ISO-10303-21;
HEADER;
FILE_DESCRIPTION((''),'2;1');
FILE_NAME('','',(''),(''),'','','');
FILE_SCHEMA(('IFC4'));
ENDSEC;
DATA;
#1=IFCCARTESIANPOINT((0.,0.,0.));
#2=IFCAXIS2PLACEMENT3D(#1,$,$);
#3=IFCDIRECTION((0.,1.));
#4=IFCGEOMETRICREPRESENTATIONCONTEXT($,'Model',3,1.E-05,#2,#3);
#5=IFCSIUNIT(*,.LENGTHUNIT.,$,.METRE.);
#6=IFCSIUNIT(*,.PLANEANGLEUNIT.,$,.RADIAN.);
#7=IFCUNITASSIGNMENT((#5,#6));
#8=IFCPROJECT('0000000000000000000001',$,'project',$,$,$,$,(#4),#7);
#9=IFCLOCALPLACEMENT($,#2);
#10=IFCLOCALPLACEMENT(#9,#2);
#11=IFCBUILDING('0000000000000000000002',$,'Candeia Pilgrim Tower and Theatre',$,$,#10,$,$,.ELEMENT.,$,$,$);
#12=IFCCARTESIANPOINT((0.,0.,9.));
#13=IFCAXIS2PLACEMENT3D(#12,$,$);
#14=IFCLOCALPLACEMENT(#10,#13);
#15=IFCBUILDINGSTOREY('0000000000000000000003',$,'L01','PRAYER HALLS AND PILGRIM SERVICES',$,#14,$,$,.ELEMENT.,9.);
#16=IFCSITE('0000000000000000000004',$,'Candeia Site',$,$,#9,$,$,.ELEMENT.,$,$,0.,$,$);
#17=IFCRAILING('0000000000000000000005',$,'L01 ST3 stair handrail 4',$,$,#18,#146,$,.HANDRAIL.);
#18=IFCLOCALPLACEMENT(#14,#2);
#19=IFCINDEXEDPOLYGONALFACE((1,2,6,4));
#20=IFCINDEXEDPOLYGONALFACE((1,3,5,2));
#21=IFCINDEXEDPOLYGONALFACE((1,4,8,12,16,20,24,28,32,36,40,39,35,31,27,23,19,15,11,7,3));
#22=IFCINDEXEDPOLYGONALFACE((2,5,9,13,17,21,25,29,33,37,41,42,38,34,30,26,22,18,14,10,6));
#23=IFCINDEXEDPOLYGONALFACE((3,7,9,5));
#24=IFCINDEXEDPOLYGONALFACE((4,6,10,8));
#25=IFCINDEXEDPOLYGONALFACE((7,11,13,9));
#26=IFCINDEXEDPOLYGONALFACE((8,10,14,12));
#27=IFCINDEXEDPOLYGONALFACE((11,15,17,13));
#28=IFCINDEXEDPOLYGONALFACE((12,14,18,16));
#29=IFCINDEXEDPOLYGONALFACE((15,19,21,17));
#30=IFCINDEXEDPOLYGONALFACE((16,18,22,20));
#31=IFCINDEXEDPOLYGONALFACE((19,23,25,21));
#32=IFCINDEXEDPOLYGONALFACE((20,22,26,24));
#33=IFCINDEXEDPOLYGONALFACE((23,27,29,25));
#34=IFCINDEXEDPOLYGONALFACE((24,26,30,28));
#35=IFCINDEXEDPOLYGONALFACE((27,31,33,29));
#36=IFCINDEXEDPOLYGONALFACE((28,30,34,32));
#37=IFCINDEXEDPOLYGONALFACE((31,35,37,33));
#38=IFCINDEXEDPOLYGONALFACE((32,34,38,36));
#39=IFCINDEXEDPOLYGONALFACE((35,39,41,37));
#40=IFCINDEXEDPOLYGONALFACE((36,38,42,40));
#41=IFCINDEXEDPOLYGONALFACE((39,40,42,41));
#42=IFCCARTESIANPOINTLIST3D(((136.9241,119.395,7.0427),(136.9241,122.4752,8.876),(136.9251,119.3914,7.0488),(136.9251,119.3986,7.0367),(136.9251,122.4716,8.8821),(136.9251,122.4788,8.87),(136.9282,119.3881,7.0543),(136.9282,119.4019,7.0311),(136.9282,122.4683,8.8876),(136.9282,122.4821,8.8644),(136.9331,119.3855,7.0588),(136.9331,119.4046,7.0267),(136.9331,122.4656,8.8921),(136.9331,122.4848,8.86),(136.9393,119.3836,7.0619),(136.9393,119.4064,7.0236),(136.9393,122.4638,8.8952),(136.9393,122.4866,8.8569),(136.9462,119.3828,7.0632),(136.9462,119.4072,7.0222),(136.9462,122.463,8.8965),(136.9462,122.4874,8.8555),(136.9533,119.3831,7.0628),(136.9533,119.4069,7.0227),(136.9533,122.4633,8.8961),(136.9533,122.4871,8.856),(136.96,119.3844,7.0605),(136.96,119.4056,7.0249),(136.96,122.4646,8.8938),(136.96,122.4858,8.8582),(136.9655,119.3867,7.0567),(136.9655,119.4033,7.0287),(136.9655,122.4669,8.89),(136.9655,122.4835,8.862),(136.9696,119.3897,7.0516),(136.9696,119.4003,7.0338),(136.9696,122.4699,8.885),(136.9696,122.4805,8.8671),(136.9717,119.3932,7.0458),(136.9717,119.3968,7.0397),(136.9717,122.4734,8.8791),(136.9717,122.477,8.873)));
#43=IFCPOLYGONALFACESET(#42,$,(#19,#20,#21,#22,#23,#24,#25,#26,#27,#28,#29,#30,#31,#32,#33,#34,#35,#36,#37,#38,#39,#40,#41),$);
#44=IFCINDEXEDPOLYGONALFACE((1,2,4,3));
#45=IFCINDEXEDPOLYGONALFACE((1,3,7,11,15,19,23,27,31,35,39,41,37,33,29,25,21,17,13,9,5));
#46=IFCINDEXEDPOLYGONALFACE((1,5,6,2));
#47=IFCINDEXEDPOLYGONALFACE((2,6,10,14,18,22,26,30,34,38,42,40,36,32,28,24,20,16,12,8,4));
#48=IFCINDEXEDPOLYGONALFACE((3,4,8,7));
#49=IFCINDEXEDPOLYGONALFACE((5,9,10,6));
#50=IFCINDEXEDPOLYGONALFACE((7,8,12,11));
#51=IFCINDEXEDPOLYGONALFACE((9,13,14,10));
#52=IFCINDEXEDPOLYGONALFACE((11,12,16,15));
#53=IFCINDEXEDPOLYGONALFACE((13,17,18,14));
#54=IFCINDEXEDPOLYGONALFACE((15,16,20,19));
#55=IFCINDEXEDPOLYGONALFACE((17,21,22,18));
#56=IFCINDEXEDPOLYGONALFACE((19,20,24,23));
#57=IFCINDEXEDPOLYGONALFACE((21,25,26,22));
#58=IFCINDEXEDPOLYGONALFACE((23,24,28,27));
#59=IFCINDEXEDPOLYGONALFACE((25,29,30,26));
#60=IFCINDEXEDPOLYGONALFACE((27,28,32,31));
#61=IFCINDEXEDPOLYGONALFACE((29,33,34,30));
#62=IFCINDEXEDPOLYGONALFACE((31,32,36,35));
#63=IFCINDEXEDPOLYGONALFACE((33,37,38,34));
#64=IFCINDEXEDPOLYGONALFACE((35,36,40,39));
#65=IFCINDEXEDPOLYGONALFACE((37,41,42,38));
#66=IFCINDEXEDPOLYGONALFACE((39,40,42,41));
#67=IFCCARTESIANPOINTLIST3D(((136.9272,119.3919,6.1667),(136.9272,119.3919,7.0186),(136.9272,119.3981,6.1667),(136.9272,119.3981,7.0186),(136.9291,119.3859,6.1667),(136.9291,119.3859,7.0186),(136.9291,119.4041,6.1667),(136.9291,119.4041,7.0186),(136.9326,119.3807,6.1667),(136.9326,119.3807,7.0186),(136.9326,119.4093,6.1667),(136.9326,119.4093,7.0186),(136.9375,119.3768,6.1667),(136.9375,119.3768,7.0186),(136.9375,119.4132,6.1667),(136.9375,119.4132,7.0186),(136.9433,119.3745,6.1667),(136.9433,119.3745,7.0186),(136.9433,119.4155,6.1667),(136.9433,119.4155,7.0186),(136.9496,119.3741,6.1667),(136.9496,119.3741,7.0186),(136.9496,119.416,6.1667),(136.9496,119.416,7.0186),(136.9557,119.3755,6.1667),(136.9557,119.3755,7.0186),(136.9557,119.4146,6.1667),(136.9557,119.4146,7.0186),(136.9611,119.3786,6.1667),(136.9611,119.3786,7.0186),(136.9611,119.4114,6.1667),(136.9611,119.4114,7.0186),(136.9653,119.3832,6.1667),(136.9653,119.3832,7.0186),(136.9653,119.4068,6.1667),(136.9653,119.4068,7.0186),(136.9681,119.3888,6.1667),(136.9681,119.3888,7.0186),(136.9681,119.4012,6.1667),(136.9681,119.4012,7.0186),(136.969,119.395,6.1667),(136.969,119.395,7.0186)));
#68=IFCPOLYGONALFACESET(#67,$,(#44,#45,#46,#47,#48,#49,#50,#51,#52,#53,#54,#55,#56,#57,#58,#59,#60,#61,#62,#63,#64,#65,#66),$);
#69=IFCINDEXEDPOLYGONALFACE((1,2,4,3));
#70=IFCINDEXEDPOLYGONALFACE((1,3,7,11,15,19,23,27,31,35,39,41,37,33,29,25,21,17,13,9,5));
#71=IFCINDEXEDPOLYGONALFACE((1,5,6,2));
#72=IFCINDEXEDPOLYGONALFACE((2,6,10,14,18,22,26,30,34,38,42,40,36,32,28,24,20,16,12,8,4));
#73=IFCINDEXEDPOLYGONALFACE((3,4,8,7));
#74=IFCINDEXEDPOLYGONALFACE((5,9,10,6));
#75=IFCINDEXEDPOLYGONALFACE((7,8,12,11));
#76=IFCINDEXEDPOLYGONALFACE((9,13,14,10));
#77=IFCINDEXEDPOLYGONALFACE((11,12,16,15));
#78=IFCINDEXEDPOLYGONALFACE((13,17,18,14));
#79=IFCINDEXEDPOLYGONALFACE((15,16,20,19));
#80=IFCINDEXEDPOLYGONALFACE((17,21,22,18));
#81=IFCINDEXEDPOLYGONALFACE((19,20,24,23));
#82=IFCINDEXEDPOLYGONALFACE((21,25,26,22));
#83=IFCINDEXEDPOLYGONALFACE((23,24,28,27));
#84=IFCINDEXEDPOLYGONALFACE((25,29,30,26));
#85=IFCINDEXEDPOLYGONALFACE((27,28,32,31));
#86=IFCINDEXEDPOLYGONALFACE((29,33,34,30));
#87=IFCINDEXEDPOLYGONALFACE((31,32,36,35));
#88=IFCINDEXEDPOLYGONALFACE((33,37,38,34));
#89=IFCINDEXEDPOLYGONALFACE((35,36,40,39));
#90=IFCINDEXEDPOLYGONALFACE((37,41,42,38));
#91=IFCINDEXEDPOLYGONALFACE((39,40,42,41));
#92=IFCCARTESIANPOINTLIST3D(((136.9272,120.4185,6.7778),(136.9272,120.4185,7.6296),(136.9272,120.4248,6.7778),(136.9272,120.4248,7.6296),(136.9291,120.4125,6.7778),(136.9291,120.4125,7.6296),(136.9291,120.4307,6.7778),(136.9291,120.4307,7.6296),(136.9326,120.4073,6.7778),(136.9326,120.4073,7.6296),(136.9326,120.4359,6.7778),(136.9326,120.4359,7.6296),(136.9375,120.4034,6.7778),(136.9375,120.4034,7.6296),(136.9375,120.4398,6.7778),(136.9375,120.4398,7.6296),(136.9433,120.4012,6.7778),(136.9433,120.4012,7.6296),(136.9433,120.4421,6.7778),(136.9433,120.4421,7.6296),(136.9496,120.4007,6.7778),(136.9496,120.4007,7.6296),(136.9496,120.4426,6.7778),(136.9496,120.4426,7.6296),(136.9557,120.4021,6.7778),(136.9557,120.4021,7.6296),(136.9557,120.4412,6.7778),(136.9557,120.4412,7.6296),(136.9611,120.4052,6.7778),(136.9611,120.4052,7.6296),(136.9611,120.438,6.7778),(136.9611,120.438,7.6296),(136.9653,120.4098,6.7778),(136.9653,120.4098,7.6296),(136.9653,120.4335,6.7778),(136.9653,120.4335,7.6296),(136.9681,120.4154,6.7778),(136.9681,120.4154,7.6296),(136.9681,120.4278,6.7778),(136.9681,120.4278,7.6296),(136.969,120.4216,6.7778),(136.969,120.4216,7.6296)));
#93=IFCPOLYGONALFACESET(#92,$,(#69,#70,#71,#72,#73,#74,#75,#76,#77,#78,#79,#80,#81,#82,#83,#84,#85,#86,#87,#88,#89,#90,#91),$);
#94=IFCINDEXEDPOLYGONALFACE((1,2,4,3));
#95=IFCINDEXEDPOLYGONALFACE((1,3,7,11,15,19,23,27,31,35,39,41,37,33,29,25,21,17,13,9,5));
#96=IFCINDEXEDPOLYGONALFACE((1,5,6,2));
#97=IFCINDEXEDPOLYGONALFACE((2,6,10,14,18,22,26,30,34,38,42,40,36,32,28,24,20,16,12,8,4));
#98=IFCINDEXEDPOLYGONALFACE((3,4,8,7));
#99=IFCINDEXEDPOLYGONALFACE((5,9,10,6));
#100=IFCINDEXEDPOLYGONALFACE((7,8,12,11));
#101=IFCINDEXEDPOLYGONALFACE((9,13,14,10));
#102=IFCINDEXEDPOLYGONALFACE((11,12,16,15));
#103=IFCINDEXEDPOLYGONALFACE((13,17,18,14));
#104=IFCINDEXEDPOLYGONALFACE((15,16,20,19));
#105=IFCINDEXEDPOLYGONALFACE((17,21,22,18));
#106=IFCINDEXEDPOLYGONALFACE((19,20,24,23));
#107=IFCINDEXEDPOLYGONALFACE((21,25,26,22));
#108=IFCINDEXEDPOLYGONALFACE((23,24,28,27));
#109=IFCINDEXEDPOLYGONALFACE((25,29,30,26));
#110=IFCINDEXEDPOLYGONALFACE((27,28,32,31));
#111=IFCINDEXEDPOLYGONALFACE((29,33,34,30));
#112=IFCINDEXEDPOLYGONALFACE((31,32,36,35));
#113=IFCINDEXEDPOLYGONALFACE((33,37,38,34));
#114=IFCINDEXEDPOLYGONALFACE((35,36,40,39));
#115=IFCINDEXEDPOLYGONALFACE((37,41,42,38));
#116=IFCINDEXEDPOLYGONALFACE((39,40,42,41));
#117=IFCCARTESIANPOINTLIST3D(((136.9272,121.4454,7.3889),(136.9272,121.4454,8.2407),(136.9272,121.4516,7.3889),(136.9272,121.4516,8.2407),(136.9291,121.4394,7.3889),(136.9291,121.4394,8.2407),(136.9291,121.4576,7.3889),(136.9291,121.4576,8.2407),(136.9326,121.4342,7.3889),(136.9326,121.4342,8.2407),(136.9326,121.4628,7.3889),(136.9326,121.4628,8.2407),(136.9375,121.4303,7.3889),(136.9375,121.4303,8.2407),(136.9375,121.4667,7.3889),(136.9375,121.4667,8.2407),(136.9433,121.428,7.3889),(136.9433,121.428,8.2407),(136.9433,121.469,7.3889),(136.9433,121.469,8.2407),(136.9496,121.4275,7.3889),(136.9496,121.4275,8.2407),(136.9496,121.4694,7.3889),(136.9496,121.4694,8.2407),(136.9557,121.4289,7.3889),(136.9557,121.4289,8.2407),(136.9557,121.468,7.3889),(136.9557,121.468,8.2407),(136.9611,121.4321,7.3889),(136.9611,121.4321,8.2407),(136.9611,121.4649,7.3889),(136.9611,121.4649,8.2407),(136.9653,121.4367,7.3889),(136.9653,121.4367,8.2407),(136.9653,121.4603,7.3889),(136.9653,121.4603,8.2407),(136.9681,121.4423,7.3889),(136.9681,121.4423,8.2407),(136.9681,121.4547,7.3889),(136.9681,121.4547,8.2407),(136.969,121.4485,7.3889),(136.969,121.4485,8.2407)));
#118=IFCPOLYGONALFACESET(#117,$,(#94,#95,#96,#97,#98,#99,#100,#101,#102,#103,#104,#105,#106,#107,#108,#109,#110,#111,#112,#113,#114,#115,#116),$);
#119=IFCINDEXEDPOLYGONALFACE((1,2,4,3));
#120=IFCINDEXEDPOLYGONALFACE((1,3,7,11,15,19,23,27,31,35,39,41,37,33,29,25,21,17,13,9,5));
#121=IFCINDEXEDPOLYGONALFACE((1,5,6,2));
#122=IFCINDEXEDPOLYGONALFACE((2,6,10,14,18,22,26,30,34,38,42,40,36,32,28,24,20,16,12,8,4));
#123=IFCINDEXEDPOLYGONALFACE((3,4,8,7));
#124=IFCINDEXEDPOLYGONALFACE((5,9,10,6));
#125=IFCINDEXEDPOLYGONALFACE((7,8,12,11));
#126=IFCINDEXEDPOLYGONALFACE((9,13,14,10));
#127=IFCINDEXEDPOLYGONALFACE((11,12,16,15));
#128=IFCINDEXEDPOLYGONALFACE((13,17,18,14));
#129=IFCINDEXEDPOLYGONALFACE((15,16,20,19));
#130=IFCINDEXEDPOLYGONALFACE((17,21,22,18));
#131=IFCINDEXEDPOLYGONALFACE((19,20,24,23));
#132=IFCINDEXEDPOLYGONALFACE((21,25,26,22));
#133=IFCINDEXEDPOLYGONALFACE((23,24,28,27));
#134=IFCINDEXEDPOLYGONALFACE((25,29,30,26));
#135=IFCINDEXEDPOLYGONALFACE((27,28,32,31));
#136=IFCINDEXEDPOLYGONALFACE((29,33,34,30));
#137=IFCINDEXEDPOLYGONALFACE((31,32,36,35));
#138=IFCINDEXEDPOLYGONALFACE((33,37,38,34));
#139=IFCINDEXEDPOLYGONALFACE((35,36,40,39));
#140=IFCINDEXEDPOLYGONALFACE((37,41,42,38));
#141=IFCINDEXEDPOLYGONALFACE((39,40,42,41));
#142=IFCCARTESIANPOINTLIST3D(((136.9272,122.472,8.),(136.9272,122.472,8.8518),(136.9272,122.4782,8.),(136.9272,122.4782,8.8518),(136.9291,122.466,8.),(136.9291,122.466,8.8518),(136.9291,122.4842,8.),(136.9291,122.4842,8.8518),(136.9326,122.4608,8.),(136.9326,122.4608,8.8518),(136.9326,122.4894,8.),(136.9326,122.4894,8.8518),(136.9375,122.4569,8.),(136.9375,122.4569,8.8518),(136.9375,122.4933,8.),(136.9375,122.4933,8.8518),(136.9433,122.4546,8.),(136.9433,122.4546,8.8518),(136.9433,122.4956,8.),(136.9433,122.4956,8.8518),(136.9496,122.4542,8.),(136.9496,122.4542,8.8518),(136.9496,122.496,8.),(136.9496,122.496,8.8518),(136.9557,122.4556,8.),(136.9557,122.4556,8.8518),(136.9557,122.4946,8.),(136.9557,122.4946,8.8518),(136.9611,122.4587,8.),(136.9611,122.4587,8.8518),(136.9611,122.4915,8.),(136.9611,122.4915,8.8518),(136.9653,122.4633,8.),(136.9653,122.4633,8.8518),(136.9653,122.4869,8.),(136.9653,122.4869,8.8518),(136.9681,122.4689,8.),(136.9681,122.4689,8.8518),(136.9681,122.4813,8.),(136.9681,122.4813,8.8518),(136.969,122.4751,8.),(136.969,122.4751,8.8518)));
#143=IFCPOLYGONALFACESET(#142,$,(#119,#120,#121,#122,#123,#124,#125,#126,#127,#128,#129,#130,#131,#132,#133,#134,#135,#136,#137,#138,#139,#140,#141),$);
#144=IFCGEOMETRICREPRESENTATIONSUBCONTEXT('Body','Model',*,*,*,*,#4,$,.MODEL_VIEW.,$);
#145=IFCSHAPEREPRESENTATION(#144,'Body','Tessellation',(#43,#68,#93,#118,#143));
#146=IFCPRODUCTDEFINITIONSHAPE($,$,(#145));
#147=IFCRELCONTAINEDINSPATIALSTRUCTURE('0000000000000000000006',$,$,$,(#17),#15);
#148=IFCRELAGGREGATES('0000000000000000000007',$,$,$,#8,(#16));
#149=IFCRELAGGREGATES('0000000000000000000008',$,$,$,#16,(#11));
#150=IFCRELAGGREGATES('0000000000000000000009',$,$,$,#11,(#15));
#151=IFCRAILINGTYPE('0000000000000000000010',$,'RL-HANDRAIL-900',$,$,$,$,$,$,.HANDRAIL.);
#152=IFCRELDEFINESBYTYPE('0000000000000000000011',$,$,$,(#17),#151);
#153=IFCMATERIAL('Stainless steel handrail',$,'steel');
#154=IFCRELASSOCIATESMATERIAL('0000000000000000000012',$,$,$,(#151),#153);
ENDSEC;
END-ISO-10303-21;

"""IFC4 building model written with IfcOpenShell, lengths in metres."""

from ifc_helpers import new_model, si_unit, direction, frame, origin, origin_2d, place, context, subcontext, project, spatial, circle, extrude, material, type_object, element, save


model = new_model("IFC4")

# Units and contexts
model_context = context("Model", 3, precision=1e-05, world=origin(), true_north=direction((0.0, 1.0)))
body_context = subcontext(model_context, "Body", "Model", "MODEL_VIEW")
ifc_project = project(units=[si_unit("LENGTHUNIT", "METRE"), si_unit("PLANEANGLEUNIT", "RADIAN")], contexts=[model_context])

# Site, building, storey
site_placement = place(None, origin())
site = spatial("IfcSite", under=ifc_project, at=site_placement, Name="Candeia Site", CompositionType="ELEMENT", RefElevation=0.0)
building_placement = place(site_placement, origin())
building = spatial("IfcBuilding", under=site, at=building_placement, Name="Candeia Pilgrim Tower and Theatre", CompositionType="ELEMENT")
storey_placement = place(building_placement, frame((0.0, 0.0, 9.0)))
storey = spatial("IfcBuildingStorey", under=building, at=storey_placement, Name="L01", Description="PRAYER HALLS AND PILGRIM SERVICES", CompositionType="ELEMENT", Elevation=9.0)

# Railing
ifc_material_1 = material(Name="Stainless steel handrail", Category="steel")
railing_type_1 = type_object("IfcRailingType", Name="RL-HANDRAIL-900", PredefinedType="HANDRAIL", material=ifc_material_1)
railing_1_placement = place(storey_placement, frame((136.948, 119.395, 6.1667)))
element("IfcRailing", 1, at=railing_1_placement, inside=storey, type_object=railing_type_1, Name="L01 ST3 stair handrail 4", PredefinedType="HANDRAIL", context=body_context, shape_type="SweptSolid", body=[
    extrude(circle(Radius=0.0239, at=origin_2d()), frame((0.0, 0.0, 0.876), z_axis=(0.0, 0.859309, 0.511458), x_axis=(-1.0, 0.0, 0.0)), (0.0, 0.0, 1.0), 3.5845),
    extrude(circle(Radius=0.021, at=origin_2d()), origin(), (0.0, 0.0, 1.0), 0.8518),
    extrude(circle(Radius=0.021, at=origin_2d()), frame((0.0, 1.0266, 0.6111)), (0.0, 0.0, 1.0), 0.8518),
    extrude(circle(Radius=0.021, at=origin_2d()), frame((0.0, 2.0535, 1.2222)), (0.0, 0.0, 1.0), 0.8518),
    extrude(circle(Radius=0.021, at=origin_2d()), frame((0.0, 3.0801, 1.8333)), (0.0, 0.0, 1.0), 0.8518),
])

save(model, "model.ifc")
